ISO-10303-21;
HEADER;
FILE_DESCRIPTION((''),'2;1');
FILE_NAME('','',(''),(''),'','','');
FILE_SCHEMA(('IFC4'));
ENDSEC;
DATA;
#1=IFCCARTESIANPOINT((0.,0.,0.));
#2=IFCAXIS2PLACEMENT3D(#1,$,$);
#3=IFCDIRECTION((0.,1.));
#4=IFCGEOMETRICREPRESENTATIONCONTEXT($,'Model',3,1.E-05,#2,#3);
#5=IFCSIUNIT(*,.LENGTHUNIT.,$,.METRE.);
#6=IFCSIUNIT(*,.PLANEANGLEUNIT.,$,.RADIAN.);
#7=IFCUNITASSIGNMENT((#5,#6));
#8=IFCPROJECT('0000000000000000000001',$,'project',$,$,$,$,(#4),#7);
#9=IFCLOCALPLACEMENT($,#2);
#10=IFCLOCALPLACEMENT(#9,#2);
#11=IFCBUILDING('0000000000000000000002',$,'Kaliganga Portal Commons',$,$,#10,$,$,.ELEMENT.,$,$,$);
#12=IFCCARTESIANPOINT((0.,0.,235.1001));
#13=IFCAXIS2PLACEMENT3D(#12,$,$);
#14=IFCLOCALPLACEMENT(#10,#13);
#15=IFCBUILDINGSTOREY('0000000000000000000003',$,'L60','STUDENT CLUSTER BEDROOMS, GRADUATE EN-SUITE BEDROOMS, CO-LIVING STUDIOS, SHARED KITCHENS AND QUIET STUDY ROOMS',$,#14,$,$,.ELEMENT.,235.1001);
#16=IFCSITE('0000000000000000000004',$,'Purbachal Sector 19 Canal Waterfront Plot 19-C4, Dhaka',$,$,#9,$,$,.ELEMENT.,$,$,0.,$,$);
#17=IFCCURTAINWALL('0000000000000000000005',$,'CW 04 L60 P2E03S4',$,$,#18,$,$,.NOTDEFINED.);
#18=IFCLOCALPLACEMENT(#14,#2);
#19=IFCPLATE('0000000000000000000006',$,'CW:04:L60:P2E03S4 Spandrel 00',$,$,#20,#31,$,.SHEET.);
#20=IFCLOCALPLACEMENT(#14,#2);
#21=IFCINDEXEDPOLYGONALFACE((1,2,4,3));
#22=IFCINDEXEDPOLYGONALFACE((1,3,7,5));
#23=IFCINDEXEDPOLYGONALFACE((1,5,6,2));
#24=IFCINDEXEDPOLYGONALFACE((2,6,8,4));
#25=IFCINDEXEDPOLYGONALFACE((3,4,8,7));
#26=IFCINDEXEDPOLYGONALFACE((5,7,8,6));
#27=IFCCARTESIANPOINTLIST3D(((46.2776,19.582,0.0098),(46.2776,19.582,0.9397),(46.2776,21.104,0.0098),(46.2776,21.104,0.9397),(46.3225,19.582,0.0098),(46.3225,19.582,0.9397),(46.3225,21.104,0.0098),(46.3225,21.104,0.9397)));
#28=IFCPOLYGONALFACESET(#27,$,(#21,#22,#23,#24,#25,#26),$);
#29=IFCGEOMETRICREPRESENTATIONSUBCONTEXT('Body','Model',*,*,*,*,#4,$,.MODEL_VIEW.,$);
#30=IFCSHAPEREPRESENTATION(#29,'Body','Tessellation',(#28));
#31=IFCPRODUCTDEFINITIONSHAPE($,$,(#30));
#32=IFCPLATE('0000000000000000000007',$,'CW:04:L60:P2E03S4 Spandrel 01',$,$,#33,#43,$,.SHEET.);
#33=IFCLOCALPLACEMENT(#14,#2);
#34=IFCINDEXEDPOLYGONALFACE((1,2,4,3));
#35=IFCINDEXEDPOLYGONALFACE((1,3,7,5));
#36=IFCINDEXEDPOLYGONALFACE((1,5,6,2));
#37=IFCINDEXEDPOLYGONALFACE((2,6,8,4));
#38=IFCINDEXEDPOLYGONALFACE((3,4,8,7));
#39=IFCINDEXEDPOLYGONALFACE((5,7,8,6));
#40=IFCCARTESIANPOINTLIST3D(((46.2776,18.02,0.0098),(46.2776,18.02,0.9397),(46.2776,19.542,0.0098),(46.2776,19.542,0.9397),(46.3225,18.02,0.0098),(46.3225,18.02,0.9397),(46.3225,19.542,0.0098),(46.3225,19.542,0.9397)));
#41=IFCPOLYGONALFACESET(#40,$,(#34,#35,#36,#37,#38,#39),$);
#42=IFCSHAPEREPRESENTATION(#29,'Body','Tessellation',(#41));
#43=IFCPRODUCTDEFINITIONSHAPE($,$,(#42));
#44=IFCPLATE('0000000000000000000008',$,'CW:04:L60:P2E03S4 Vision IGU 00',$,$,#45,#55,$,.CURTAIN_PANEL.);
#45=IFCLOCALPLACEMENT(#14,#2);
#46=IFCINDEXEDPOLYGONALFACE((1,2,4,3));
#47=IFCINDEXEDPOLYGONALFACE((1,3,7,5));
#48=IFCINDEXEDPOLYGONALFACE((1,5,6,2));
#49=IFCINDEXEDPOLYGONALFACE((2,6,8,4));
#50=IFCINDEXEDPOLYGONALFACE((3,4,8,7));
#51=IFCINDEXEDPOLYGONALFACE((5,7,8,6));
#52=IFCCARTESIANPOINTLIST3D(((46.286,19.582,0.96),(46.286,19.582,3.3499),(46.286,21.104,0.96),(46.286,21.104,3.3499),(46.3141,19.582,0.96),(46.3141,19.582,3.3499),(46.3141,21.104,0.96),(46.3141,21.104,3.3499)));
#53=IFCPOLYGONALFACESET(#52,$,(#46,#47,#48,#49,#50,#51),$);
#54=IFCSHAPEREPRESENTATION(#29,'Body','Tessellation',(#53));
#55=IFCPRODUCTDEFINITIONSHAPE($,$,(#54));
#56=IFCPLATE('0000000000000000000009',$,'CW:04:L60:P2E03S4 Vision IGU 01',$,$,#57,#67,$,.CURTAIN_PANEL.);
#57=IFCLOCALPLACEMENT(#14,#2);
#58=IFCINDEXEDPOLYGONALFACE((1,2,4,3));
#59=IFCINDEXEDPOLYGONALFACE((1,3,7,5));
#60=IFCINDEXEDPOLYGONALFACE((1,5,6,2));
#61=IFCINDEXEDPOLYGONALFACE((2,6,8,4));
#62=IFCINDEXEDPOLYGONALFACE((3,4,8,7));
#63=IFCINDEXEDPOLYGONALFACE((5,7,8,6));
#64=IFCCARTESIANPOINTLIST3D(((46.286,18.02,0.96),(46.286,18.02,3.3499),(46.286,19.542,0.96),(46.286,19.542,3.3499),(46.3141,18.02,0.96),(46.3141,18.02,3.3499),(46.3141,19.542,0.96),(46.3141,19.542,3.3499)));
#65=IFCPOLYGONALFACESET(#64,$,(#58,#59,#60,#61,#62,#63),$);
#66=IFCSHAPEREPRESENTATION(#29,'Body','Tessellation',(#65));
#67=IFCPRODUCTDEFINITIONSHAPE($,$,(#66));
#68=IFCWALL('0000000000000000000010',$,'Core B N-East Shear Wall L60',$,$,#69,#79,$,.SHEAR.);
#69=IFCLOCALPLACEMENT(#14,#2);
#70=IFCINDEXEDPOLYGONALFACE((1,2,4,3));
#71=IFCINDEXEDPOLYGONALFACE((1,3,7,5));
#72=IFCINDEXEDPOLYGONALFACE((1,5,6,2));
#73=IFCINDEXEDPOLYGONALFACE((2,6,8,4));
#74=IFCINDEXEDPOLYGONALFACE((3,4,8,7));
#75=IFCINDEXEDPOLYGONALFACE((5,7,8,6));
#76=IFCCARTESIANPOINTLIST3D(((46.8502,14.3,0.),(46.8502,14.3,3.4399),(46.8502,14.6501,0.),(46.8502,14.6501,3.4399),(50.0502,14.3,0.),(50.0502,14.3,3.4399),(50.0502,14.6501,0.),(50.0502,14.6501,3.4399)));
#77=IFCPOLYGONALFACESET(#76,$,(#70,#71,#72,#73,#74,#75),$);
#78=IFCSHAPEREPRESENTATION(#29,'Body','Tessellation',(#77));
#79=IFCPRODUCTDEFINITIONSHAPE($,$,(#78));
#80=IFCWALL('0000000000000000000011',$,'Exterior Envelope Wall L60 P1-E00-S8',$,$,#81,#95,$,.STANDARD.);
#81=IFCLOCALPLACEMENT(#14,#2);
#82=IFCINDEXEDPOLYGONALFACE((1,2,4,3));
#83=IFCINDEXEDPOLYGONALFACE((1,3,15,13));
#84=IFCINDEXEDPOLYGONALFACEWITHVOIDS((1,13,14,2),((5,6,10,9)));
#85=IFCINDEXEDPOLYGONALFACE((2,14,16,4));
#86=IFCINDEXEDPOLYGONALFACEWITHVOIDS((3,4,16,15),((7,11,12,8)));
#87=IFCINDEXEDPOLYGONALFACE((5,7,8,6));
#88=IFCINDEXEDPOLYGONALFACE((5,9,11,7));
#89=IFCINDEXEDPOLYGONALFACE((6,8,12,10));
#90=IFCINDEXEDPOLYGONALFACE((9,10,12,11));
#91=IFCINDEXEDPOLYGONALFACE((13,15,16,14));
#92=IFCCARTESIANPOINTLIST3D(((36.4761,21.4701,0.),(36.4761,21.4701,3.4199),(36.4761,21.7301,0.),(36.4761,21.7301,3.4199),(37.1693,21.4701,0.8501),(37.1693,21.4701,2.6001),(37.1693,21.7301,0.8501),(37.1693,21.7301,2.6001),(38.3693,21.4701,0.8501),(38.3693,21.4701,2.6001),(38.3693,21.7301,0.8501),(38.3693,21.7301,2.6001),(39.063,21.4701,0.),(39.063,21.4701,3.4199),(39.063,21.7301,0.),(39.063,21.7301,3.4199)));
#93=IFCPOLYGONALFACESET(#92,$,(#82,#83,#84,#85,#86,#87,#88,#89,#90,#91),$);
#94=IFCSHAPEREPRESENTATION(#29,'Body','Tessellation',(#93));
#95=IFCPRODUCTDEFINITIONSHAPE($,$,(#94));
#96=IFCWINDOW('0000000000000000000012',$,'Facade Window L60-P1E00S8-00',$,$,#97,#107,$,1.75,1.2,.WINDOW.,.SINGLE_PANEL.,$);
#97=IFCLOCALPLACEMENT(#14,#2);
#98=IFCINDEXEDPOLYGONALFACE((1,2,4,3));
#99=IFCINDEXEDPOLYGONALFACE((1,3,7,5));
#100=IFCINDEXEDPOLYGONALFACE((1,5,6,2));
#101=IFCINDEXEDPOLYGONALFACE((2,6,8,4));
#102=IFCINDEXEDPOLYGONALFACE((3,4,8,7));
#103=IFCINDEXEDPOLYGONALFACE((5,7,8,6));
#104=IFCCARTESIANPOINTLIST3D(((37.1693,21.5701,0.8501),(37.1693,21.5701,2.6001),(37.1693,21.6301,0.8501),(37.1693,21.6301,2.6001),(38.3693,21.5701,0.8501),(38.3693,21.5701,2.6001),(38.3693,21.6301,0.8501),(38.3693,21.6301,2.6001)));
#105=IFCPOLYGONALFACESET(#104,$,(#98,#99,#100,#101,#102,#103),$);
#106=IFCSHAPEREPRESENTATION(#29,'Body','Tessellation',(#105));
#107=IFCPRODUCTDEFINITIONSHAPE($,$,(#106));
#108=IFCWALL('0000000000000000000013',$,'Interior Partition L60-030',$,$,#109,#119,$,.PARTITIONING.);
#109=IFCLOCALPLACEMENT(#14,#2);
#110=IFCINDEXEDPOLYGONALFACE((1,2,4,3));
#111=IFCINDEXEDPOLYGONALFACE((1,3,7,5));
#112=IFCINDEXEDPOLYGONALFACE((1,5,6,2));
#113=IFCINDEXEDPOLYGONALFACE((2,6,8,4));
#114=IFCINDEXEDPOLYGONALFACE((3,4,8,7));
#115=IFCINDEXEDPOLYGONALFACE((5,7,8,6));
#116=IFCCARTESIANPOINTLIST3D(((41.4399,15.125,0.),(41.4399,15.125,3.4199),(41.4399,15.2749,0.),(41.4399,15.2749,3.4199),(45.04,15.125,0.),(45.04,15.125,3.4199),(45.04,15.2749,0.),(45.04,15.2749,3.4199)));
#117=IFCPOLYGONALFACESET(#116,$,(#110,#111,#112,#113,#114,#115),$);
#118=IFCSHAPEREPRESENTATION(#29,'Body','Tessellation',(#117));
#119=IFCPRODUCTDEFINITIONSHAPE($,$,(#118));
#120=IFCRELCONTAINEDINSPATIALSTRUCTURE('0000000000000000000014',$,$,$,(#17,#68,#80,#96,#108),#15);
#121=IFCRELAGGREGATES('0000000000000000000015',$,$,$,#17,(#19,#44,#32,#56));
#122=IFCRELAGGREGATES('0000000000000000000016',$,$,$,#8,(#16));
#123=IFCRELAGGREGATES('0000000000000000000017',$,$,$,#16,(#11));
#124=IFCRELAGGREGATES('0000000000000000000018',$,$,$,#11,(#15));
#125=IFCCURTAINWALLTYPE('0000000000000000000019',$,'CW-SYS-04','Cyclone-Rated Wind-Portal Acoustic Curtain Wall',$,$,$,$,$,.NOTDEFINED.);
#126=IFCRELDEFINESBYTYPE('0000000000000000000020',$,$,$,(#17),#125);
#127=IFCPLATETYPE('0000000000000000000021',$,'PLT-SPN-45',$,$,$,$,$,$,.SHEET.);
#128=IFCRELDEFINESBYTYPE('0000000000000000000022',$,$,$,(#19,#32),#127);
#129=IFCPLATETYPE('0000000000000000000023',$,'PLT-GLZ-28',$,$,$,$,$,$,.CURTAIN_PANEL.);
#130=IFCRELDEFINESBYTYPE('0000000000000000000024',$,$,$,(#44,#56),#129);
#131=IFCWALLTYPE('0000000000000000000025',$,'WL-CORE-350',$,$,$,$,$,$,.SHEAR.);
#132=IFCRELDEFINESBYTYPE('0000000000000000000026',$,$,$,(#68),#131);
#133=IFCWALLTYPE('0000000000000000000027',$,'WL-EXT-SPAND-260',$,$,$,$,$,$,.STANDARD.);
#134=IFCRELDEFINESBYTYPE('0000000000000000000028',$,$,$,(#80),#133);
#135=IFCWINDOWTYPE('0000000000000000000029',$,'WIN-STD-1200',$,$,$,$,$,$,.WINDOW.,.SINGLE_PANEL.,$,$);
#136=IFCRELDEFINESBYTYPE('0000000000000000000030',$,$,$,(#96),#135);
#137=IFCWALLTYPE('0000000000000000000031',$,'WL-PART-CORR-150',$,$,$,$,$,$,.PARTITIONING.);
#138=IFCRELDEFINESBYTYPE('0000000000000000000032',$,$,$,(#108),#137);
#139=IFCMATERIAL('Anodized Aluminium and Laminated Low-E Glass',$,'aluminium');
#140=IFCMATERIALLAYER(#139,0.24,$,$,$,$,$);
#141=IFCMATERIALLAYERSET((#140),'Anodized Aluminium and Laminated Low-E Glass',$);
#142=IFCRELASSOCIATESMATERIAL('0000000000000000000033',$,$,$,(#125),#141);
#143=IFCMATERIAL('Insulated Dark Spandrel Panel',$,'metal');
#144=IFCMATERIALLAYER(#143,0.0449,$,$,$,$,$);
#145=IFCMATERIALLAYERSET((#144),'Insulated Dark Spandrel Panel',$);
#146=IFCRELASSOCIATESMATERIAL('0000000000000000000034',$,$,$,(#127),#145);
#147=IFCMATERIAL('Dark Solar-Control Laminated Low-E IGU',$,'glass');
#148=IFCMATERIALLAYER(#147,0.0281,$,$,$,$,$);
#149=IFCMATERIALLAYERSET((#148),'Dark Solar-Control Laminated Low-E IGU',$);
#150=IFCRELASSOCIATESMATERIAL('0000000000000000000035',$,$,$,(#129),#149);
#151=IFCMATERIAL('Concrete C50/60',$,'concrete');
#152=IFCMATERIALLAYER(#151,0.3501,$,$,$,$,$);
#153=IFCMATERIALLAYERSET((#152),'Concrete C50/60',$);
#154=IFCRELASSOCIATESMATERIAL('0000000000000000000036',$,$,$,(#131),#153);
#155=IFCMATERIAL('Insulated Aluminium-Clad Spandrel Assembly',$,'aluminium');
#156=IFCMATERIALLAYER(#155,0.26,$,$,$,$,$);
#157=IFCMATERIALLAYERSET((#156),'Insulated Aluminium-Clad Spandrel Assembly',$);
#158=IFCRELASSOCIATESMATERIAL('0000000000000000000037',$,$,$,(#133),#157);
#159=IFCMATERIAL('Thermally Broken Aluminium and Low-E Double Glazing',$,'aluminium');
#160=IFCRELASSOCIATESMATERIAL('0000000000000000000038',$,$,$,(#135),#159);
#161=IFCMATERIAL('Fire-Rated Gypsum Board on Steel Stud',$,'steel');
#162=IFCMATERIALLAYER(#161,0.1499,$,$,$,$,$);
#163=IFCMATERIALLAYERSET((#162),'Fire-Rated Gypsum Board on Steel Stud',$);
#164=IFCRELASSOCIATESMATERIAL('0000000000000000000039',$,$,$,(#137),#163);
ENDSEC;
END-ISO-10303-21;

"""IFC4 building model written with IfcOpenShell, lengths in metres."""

from ifc_helpers import new_model, si_unit, direction, frame, frame_2d, origin, origin_2d, place, context, subcontext, project, spatial, rectangle, extrude, source, transform, mapped, material, layer, layer_set, type_object, element, fill, aggregate, save


model = new_model("IFC4")

# Units and contexts
model_context = context("Model", 3, precision=1e-05, world=origin(), true_north=direction((0.0, 1.0)))
body_context = subcontext(model_context, "Body", "Model", "MODEL_VIEW")
ifc_project = project(units=[si_unit("LENGTHUNIT", "METRE"), si_unit("PLANEANGLEUNIT", "RADIAN")], contexts=[model_context])

# Site, building, storey
site_placement = place(None, origin())
site = spatial("IfcSite", under=ifc_project, at=site_placement, Name="Purbachal Sector 19 Canal Waterfront Plot 19-C4, Dhaka", CompositionType="ELEMENT", RefElevation=0.0)
building_placement = place(site_placement, origin())
building = spatial("IfcBuilding", under=site, at=building_placement, Name="Kaliganga Portal Commons", CompositionType="ELEMENT")
storey_placement = place(building_placement, frame((0.0, 0.0, 235.1001)))
storey = spatial("IfcBuildingStorey", under=building, at=storey_placement, Name="L60", Description="STUDENT CLUSTER BEDROOMS, GRADUATE EN-SUITE BEDROOMS, CO-LIVING STUDIOS, SHARED KITCHENS AND QUIET STUDY ROOMS", CompositionType="ELEMENT", Elevation=235.1001)

# Shared definitions
ifc_material_1 = material(Name="Concrete C50/60", Category="concrete")

# Shared definitions
ifc_material_2 = material(Name="Anodized Aluminium and Laminated Low-E Glass", Category="aluminium")
ifc_layer_1 = layer(ifc_material_2, 0.24)
ifc_layer_set_1 = layer_set([ifc_layer_1], Name="Anodized Aluminium and Laminated Low-E Glass")
curtain_wall_type = type_object("IfcCurtainWallType", Name="CW-SYS-04", Description="Cyclone-Rated Wind-Portal Acoustic Curtain Wall", PredefinedType="NOTDEFINED", material=ifc_layer_set_1)

# Curtain wall
curtain_wall_1_placement = place(storey_placement, origin())
curtain_wall_1 = element("IfcCurtainWall", 1, at=curtain_wall_1_placement, inside=storey, type_object=curtain_wall_type, Name="CW 04 L60 P2E03S4", PredefinedType="NOTDEFINED")

# Plates
ifc_material_3 = material(Name="Insulated Dark Spandrel Panel", Category="metal")
ifc_layer_2 = layer(ifc_material_3, 0.0449)
ifc_layer_set_2 = layer_set([ifc_layer_2], Name="Insulated Dark Spandrel Panel")
plate_type_1 = type_object("IfcPlateType", Name="PLT-SPN-45", PredefinedType="SHEET", material=ifc_layer_set_2)
ifc_material_4 = material(Name="Dark Solar-Control Laminated Low-E IGU", Category="glass")
ifc_layer_3 = layer(ifc_material_4, 0.0281)
ifc_layer_set_3 = layer_set([ifc_layer_3], Name="Dark Solar-Control Laminated Low-E IGU")
plate_type_2 = type_object("IfcPlateType", Name="PLT-GLZ-28", PredefinedType="CURTAIN_PANEL", material=ifc_layer_set_3)
shared_shape_1 = source(origin(), body_context, "Body", "SweptSolid", [
    extrude(rectangle(XDim=1.522, YDim=0.0449, at=origin_2d()), origin(), (0.0, 0.0, 1.0), 0.9299),
])
plate_1_placement = place(storey_placement, frame((46.3, 20.343, 0.0098), z_axis=(0.0, 0.0, 1.0), x_axis=(0.0, -1.0, 0.0)))
plate_1 = element("IfcPlate", 2, at=plate_1_placement, type_object=plate_type_1, Name="CW:04:L60:P2E03S4 Spandrel 00", PredefinedType="SHEET", context=body_context, shape_type="MappedRepresentation", body=[
    mapped(shared_shape_1, transform((0.0, 0.0, 0.0), x_axis=(1.0, 0.0, 0.0), y_axis=(0.0, 1.0, 0.0), z_axis=(0.0, 0.0, 1.0), scale=1.0)),
])
plate_2_placement = place(storey_placement, frame((46.3, 18.781, 0.0098), z_axis=(0.0, 0.0, 1.0), x_axis=(0.0, -1.0, 0.0)))
plate_2 = element("IfcPlate", 3, at=plate_2_placement, type_object=plate_type_1, Name="CW:04:L60:P2E03S4 Spandrel 01", PredefinedType="SHEET", context=body_context, shape_type="MappedRepresentation", body=[
    mapped(shared_shape_1, transform((0.0, 0.0, 0.0), x_axis=(1.0, 0.0, 0.0), y_axis=(0.0, 1.0, 0.0), z_axis=(0.0, 0.0, 1.0), scale=1.0)),
])
shared_shape_2 = source(origin(), body_context, "Body", "SweptSolid", [
    extrude(rectangle(XDim=1.522, YDim=0.0281, at=origin_2d()), origin(), (0.0, 0.0, 1.0), 2.3899),
])
plate_3_placement = place(storey_placement, frame((46.3, 20.343, 0.96), z_axis=(0.0, 0.0, 1.0), x_axis=(0.0, -1.0, 0.0)))
plate_3 = element("IfcPlate", 4, at=plate_3_placement, type_object=plate_type_2, Name="CW:04:L60:P2E03S4 Vision IGU 00", PredefinedType="CURTAIN_PANEL", context=body_context, shape_type="MappedRepresentation", body=[
    mapped(shared_shape_2, transform((0.0, 0.0, 0.0), x_axis=(1.0, 0.0, 0.0), y_axis=(0.0, 1.0, 0.0), z_axis=(0.0, 0.0, 1.0), scale=1.0)),
])
plate_4_placement = place(storey_placement, frame((46.3, 18.781, 0.96), z_axis=(0.0, 0.0, 1.0), x_axis=(0.0, -1.0, 0.0)))
plate_4 = element("IfcPlate", 5, at=plate_4_placement, type_object=plate_type_2, Name="CW:04:L60:P2E03S4 Vision IGU 01", PredefinedType="CURTAIN_PANEL", context=body_context, shape_type="MappedRepresentation", body=[
    mapped(shared_shape_2, transform((0.0, 0.0, 0.0), x_axis=(1.0, 0.0, 0.0), y_axis=(0.0, 1.0, 0.0), z_axis=(0.0, 0.0, 1.0), scale=1.0)),
])
aggregate(curtain_wall_1, [plate_1, plate_3, plate_2, plate_4])

# Wall
ifc_layer_4 = layer(ifc_material_1, 0.3501)
ifc_layer_set_4 = layer_set([ifc_layer_4], Name="Concrete C50/60")
wall_type_1 = type_object("IfcWallType", Name="WL-CORE-350", PredefinedType="SHEAR", material=ifc_layer_set_4)
wall_1_placement = place(storey_placement, frame((46.8501, 14.4751, 0.0), z_axis=(0.0, 0.0, 1.0), x_axis=(1.0, 0.0, 0.0)))
element("IfcWall", 6, at=wall_1_placement, inside=storey, type_object=wall_type_1, Name="Core B N-East Shear Wall L60", PredefinedType="SHEAR", context=body_context, shape_type="SweptSolid", body=[
    extrude(rectangle(XDim=3.2, YDim=0.3501, at=frame_2d((1.6001, 0.0))), origin(), (0.0, 0.0, 1.0), 3.4399),
])

# Wall, opening, window
ifc_material_5 = material(Name="Insulated Aluminium-Clad Spandrel Assembly", Category="aluminium")
ifc_layer_5 = layer(ifc_material_5, 0.26)
ifc_layer_set_5 = layer_set([ifc_layer_5], Name="Insulated Aluminium-Clad Spandrel Assembly")
wall_type_2 = type_object("IfcWallType", Name="WL-EXT-SPAND-260", PredefinedType="STANDARD", material=ifc_layer_set_5)
wall_2_placement = place(storey_placement, frame((39.063, 21.6001, 0.0), z_axis=(0.0, 0.0, 1.0), x_axis=(-1.0, 0.0, 0.0)))
wall_2 = element("IfcWall", 7, at=wall_2_placement, inside=storey, type_object=wall_type_2, Name="Exterior Envelope Wall L60 P1-E00-S8", PredefinedType="STANDARD", context=body_context, shape_type="SweptSolid", body=[
    extrude(rectangle(XDim=2.5869, YDim=0.26, at=frame_2d((1.2935, 0.0))), origin(), (0.0, 0.0, 1.0), 3.4199),
])
opening_placement = place(wall_2_placement, frame((0.6936, 0.0, 0.8501)))
opening = element("IfcOpeningElement", 8, at=opening_placement, cuts=wall_2, PredefinedType="OPENING", context=body_context, shape_type="SweptSolid", body=[
    extrude(rectangle(XDim=1.2, YDim=1.75, at=frame_2d((0.6001, 0.875))), frame((0.0, 0.1401, 0.0), z_axis=(0.0, -1.0, 0.0), x_axis=(1.0, 0.0, 0.0)), (0.0, 0.0, 1.0), 0.28),
])
ifc_material_6 = material(Name="Thermally Broken Aluminium and Low-E Double Glazing", Category="aluminium")
window_type = type_object("IfcWindowType", Name="WIN-STD-1200", PartitioningType="SINGLE_PANEL", PredefinedType="WINDOW", material=ifc_material_6)
window_placement = place(opening_placement, origin())
window = element("IfcWindow", 9, at=window_placement, inside=storey, type_object=window_type, Name="Facade Window L60-P1E00S8-00", OverallHeight=1.75, OverallWidth=1.2, PartitioningType="SINGLE_PANEL", PredefinedType="WINDOW", context=body_context, shape_type="SweptSolid", body=[
    extrude(rectangle(XDim=1.2, YDim=1.75, at=frame_2d((0.6001, 0.875))), frame((0.0, 0.03, 0.0), z_axis=(0.0, -1.0, 0.0), x_axis=(1.0, 0.0, 0.0)), (0.0, 0.0, 1.0), 0.0601),
])
fill(opening, window)

# Wall
ifc_material_7 = material(Name="Fire-Rated Gypsum Board on Steel Stud", Category="steel")
ifc_layer_6 = layer(ifc_material_7, 0.1499)
ifc_layer_set_6 = layer_set([ifc_layer_6], Name="Fire-Rated Gypsum Board on Steel Stud")
wall_type_3 = type_object("IfcWallType", Name="WL-PART-CORR-150", PredefinedType="PARTITIONING", material=ifc_layer_set_6)
wall_3_placement = place(storey_placement, frame((41.4399, 15.2, 0.0), z_axis=(0.0, 0.0, 1.0), x_axis=(1.0, 0.0, 0.0)))
element("IfcWall", 10, at=wall_3_placement, inside=storey, type_object=wall_type_3, Name="Interior Partition L60-030", PredefinedType="PARTITIONING", context=body_context, shape_type="SweptSolid", body=[
    extrude(rectangle(XDim=3.6001, YDim=0.1499, at=frame_2d((1.8, 0.0))), origin(), (0.0, 0.0, 1.0), 3.4199),
])

save(model, "model.ifc")
